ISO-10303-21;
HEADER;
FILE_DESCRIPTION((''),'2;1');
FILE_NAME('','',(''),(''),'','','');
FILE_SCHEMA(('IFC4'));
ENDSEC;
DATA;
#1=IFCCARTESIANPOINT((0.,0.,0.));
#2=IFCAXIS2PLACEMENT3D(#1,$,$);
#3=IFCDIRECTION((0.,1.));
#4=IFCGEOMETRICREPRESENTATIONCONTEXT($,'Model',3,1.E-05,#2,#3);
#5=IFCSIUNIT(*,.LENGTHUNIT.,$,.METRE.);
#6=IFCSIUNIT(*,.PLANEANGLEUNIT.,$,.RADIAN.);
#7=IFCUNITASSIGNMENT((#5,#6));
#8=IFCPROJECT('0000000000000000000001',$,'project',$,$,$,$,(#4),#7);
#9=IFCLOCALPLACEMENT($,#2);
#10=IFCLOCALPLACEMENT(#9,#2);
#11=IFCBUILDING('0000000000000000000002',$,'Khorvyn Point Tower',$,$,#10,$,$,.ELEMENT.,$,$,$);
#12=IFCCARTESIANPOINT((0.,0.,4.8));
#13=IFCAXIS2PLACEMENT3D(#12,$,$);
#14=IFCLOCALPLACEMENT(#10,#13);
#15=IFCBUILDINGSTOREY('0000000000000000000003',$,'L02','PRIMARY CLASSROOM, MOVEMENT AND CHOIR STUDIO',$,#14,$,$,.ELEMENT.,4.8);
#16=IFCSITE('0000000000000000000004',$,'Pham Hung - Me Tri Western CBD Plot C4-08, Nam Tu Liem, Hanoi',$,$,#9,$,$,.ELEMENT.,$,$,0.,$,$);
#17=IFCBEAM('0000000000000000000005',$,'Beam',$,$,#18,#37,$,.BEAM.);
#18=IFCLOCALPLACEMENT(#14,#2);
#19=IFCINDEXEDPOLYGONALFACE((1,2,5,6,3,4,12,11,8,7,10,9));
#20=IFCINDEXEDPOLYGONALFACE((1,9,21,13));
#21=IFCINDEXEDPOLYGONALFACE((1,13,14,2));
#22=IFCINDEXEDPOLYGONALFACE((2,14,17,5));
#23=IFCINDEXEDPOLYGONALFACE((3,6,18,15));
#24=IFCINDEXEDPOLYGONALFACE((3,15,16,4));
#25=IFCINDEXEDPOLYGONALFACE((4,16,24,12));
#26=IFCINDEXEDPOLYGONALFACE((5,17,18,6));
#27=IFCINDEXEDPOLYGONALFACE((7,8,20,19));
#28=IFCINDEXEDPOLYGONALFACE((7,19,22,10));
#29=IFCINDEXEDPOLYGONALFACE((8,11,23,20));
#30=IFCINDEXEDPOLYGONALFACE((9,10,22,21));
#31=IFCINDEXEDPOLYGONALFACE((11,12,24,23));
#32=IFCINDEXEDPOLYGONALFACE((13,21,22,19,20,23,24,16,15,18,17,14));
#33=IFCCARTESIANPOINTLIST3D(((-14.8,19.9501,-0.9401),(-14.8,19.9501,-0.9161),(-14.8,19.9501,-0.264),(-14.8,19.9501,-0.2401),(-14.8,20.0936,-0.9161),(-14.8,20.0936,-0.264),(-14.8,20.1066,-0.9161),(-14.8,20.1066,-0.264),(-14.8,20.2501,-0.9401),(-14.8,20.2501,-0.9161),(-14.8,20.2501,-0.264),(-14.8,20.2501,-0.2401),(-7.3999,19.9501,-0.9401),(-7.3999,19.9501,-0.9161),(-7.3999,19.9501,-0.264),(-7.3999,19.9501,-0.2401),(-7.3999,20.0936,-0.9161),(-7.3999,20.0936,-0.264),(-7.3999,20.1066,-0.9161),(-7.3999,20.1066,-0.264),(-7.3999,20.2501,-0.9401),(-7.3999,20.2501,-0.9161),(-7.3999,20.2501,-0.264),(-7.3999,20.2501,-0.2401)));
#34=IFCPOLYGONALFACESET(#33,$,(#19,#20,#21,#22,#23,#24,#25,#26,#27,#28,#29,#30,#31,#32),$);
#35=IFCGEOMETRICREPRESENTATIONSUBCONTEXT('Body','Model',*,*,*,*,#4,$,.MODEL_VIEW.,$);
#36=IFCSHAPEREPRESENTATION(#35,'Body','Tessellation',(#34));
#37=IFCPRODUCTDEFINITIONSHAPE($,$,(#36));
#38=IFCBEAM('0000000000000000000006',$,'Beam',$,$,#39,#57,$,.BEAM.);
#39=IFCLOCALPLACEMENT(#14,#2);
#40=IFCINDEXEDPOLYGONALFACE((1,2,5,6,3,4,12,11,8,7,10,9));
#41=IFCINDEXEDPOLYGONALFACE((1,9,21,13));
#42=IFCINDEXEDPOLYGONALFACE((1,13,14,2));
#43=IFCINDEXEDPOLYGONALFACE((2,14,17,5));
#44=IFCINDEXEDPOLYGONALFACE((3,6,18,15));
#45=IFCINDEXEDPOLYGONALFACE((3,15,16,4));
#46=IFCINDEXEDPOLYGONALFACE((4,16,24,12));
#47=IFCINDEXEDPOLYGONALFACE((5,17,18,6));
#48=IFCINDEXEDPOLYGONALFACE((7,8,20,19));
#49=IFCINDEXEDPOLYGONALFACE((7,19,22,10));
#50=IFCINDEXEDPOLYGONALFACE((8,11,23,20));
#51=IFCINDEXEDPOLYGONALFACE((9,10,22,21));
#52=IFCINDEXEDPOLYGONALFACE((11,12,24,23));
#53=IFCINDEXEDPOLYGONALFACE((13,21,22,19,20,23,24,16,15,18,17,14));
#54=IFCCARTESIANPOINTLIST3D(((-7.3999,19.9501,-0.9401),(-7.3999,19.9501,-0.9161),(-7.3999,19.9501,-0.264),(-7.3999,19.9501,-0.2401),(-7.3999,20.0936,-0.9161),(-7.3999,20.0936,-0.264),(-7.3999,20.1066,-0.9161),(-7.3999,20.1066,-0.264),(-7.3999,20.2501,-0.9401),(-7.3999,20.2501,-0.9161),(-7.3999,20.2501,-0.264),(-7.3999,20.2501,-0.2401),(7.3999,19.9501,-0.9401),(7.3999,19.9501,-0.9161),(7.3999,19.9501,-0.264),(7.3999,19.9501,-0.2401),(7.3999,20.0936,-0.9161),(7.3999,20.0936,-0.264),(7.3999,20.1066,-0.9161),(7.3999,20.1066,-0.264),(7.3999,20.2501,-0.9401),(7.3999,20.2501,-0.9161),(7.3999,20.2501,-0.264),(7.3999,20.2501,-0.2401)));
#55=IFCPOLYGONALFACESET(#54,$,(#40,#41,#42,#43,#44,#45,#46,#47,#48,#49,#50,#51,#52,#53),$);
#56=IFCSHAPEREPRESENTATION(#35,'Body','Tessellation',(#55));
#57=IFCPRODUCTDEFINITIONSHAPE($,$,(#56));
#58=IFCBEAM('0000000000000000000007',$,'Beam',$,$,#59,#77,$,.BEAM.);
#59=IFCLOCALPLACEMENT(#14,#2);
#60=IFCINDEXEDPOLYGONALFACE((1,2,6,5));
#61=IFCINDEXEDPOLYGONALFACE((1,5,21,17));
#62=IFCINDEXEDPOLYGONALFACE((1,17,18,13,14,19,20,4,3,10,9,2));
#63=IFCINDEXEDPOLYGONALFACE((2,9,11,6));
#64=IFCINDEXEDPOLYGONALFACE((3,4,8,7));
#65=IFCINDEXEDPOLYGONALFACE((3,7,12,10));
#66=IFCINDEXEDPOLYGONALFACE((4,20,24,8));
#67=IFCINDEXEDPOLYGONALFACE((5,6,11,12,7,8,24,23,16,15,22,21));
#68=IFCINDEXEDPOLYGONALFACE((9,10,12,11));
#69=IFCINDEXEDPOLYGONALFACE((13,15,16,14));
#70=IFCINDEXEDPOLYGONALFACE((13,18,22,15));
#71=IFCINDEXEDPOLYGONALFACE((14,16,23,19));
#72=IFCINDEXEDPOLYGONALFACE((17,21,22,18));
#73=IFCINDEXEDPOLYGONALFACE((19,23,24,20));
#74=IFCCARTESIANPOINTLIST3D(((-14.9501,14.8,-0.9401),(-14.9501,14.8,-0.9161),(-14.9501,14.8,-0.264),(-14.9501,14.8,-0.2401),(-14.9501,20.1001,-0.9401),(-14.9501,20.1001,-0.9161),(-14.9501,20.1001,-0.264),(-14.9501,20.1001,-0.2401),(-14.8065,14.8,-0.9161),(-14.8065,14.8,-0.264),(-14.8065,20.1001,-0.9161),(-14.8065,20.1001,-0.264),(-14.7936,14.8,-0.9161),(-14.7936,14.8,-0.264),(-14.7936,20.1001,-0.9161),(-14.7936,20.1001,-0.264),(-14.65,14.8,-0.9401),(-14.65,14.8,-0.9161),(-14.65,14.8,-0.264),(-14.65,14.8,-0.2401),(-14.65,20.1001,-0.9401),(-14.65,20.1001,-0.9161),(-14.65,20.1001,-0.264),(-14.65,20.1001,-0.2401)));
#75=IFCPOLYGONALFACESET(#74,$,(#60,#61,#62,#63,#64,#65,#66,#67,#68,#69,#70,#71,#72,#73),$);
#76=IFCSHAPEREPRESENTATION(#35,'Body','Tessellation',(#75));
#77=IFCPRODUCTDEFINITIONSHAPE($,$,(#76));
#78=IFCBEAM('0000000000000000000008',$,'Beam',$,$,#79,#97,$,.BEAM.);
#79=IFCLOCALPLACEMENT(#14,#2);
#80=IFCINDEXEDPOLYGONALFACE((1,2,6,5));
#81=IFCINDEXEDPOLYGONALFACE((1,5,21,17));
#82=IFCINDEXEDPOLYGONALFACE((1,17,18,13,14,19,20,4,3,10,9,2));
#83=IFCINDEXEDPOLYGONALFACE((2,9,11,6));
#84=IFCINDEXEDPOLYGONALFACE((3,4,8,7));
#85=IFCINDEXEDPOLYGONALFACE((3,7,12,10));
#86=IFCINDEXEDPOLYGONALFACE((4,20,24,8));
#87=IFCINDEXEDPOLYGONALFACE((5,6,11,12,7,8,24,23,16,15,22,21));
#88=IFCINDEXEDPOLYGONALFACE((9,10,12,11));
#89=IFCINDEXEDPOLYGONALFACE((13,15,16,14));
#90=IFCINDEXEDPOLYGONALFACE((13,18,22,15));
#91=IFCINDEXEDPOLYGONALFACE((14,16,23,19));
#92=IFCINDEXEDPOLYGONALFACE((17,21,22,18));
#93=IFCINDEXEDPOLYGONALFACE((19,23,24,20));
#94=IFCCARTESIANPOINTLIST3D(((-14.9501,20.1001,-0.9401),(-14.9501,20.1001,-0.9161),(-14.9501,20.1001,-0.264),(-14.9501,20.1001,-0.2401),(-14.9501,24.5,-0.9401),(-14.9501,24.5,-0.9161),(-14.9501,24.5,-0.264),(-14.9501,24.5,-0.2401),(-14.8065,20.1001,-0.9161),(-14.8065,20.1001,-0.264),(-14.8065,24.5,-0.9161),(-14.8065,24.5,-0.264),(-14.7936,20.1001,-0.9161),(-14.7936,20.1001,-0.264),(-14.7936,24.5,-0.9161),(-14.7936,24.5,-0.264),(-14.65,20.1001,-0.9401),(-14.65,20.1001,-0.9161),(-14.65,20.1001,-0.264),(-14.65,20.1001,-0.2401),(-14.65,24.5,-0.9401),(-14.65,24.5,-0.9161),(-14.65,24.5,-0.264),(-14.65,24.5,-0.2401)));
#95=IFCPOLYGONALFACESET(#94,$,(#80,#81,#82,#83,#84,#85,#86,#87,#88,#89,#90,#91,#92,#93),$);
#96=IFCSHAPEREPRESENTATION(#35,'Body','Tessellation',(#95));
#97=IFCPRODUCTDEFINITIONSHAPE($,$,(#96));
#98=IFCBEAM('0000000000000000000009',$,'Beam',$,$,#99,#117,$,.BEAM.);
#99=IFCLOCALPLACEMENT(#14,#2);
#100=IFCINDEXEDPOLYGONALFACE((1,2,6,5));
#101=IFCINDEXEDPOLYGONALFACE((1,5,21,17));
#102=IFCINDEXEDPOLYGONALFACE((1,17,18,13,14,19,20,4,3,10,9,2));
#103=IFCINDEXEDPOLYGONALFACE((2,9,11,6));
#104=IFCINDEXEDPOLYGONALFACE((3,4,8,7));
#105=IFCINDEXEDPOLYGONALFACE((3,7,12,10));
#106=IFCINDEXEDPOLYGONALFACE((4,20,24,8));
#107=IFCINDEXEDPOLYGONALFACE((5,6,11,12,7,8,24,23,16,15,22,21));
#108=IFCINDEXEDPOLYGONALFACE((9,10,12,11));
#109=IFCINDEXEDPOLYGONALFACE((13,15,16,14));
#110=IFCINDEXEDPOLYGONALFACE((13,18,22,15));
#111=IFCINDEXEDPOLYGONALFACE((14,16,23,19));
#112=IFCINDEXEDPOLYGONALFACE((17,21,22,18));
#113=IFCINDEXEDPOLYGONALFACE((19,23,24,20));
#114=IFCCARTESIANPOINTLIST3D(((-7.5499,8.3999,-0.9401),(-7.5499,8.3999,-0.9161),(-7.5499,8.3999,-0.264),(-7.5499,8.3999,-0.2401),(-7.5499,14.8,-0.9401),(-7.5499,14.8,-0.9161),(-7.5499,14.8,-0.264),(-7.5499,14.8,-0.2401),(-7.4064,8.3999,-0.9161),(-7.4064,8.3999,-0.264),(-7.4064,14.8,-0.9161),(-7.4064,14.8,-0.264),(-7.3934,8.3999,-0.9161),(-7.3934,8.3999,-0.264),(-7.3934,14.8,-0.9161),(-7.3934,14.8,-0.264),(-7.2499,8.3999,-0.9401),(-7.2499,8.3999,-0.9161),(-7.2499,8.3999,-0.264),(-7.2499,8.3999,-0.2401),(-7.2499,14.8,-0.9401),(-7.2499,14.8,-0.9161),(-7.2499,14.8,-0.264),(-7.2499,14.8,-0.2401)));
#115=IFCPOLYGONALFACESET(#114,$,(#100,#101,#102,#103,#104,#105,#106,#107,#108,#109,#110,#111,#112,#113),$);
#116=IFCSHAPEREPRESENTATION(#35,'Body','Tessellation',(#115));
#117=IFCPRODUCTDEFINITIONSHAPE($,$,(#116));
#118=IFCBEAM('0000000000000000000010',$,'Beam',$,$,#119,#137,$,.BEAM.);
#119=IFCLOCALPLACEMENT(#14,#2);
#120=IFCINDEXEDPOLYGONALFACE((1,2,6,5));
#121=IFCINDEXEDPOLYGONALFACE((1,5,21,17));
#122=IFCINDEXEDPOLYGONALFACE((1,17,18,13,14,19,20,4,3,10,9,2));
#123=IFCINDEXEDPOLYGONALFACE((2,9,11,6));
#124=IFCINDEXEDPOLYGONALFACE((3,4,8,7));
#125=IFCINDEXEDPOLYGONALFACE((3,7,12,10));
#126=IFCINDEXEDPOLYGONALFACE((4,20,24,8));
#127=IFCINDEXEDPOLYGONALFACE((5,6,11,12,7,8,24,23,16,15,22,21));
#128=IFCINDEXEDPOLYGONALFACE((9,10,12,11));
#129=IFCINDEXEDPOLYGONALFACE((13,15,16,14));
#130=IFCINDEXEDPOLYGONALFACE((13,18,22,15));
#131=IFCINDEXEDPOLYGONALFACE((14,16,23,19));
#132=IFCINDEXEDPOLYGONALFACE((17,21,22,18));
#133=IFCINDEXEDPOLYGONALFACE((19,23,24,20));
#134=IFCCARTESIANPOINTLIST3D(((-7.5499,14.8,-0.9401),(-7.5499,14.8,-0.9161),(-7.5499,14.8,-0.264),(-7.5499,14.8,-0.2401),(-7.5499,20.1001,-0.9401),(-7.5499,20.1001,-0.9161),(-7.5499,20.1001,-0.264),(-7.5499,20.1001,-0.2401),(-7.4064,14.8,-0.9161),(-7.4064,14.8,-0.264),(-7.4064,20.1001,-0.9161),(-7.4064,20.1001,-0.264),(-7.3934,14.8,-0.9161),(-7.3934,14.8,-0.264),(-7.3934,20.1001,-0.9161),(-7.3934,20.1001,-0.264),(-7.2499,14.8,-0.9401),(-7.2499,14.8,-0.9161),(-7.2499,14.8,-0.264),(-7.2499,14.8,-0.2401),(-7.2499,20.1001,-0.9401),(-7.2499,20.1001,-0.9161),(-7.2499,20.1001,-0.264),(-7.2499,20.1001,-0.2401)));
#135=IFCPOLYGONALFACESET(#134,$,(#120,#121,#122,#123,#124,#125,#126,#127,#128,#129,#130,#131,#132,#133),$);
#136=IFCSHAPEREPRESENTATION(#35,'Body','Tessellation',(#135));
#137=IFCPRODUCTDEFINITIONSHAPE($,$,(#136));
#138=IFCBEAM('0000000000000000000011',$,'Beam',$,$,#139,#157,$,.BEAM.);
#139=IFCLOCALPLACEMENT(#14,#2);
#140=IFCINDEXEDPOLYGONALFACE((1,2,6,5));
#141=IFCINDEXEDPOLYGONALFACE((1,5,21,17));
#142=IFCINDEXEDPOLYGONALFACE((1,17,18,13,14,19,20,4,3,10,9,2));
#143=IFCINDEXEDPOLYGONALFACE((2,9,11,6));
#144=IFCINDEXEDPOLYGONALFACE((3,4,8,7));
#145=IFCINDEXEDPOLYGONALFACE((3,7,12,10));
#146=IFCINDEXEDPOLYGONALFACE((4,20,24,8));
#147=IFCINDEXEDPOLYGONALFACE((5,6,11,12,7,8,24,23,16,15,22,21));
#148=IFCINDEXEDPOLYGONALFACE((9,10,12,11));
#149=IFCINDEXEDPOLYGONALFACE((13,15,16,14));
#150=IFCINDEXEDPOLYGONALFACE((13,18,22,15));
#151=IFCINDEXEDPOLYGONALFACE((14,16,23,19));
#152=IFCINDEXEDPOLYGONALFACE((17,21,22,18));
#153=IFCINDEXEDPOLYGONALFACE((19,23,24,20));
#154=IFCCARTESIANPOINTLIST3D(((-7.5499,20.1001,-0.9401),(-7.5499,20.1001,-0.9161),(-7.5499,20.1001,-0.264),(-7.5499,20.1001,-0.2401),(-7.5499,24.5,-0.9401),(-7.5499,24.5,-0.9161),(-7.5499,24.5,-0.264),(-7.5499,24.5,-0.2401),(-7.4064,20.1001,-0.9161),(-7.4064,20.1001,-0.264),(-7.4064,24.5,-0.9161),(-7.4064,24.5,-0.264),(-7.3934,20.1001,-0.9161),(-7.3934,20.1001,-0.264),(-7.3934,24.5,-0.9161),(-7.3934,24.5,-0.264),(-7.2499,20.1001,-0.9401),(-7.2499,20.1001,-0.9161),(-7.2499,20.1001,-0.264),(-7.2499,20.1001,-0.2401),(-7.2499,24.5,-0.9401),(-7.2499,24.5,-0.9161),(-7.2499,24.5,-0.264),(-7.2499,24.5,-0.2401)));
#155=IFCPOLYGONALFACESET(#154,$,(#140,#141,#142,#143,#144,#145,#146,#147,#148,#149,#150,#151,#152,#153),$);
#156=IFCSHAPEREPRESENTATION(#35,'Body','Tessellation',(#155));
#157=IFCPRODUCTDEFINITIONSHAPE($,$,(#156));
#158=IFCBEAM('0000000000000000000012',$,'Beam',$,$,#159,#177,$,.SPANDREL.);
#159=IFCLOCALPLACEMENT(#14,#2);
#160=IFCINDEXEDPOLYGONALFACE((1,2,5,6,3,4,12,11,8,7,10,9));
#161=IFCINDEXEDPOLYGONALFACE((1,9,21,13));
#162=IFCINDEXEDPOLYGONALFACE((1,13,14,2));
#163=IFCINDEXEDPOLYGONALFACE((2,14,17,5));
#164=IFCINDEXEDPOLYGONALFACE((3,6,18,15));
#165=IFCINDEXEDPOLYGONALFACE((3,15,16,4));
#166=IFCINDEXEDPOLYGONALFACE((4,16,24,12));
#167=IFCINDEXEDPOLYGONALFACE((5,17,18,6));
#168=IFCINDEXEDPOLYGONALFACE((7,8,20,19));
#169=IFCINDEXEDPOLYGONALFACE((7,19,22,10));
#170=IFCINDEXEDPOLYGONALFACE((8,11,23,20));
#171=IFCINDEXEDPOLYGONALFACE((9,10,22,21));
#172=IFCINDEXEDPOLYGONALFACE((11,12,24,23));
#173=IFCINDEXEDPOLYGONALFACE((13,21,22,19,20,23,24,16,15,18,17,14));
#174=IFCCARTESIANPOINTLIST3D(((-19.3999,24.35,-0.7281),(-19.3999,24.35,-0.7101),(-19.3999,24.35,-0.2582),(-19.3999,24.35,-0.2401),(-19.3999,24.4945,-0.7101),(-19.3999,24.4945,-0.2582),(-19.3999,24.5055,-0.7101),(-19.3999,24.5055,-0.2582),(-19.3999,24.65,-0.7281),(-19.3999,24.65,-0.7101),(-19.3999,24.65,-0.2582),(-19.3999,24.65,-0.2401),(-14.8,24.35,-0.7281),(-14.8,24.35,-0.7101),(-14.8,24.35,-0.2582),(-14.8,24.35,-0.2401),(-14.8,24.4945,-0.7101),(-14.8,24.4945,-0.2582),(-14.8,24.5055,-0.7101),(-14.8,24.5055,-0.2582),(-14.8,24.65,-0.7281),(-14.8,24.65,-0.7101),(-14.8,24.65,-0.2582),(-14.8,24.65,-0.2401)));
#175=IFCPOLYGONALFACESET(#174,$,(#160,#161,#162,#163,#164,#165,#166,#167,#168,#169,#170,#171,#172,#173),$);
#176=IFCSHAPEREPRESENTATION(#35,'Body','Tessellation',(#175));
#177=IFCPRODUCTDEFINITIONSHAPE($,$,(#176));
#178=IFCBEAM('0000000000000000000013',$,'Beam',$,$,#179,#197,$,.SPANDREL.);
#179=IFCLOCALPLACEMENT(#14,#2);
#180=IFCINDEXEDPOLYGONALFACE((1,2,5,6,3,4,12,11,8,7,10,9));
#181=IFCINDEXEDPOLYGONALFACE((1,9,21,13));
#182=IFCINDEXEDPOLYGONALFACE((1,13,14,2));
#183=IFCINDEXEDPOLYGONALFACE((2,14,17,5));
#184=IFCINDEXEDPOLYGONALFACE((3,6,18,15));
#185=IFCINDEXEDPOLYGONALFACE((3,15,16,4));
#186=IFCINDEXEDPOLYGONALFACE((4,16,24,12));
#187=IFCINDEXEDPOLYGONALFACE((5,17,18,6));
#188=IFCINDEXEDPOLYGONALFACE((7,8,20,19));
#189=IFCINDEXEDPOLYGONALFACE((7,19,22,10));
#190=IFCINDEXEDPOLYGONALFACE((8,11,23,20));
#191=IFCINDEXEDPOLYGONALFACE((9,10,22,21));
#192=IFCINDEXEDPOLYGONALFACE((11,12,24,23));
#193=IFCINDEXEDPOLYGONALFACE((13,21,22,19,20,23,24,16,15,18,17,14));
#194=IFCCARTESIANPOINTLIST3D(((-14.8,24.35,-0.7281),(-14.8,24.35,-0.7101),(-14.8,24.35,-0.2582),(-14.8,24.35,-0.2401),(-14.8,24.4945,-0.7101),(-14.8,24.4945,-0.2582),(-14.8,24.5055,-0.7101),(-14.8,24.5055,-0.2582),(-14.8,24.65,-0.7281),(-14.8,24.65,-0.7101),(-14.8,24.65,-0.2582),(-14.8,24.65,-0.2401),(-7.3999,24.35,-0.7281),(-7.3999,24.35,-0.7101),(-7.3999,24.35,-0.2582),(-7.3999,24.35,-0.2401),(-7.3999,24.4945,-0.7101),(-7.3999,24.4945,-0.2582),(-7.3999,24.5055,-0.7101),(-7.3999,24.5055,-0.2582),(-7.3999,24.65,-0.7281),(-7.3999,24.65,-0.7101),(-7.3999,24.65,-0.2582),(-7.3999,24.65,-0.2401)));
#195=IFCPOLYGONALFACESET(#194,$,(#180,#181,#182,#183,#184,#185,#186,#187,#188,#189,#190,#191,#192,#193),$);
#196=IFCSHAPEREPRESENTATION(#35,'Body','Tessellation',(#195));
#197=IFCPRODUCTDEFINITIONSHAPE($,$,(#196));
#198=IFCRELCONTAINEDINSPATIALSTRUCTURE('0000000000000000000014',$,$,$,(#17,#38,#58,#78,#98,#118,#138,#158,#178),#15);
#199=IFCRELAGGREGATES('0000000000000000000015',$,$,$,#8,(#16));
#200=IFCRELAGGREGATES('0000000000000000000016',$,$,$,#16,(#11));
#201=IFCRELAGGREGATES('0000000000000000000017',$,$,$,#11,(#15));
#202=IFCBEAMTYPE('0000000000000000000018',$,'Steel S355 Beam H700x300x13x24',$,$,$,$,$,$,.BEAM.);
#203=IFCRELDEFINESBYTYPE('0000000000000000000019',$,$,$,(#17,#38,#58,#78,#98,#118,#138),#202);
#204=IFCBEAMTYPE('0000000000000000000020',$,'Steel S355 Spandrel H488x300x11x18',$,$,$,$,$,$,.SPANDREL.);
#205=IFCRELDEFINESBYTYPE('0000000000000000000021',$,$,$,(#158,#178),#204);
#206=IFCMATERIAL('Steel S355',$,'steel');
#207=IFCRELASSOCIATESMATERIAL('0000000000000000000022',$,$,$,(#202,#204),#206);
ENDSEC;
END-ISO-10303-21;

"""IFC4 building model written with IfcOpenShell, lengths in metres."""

from ifc_helpers import new_model, si_unit, direction, frame, origin, origin_2d, place, context, subcontext, project, spatial, i_section, extrude, material, material_profile, profile_set, type_object, element, save


model = new_model("IFC4")

# Units and contexts
model_context = context("Model", 3, precision=1e-05, world=origin(), true_north=direction((0.0, 1.0)))
body_context = subcontext(model_context, "Body", "Model", "MODEL_VIEW")
ifc_project = project(units=[si_unit("LENGTHUNIT", "METRE"), si_unit("PLANEANGLEUNIT", "RADIAN")], contexts=[model_context])

# Site, building, storey
site_placement = place(None, origin())
site = spatial("IfcSite", under=ifc_project, at=site_placement, Name="Pham Hung - Me Tri Western CBD Plot C4-08, Nam Tu Liem, Hanoi", CompositionType="ELEMENT", RefElevation=0.0)
building_placement = place(site_placement, origin())
building = spatial("IfcBuilding", under=site, at=building_placement, Name="Khorvyn Point Tower", CompositionType="ELEMENT")
storey_placement = place(building_placement, frame((0.0, 0.0, 4.8)))
storey = spatial("IfcBuildingStorey", under=building, at=storey_placement, Name="L02", Description="PRIMARY CLASSROOM, MOVEMENT AND CHOIR STUDIO", CompositionType="ELEMENT", Elevation=4.8)

# Beams
ifc_material_1 = material(Name="Steel S355", Category="steel")
ifc_material_profile_1 = material_profile(ifc_material_1, i_section(OverallWidth=0.3, OverallDepth=0.7, WebThickness=0.0129, FlangeThickness=0.0239, at=origin_2d()))
ifc_profile_set_1 = profile_set([ifc_material_profile_1], Name="Steel S355 H700x300x13x24")
beam_type_1 = type_object("IfcBeamType", Name="Steel S355 Beam H700x300x13x24", PredefinedType="BEAM", material=ifc_profile_set_1)
beam_1_placement = place(storey_placement, frame((-14.8, 20.1001, -0.5901), z_axis=(1.0, 0.0, 0.0), x_axis=(0.0, 1.0, 0.0)))
element("IfcBeam", 1, at=beam_1_placement, inside=storey, type_object=beam_type_1, Name="Beam", PredefinedType="BEAM", context=body_context, shape_type="SweptSolid", body=[
    extrude(i_section(OverallWidth=0.3, OverallDepth=0.7, WebThickness=0.0129, FlangeThickness=0.0239, at=origin_2d()), origin(), (0.0, 0.0, 1.0), 7.4001),
])
beam_2_placement = place(storey_placement, frame((-7.3999, 20.1001, -0.5901), z_axis=(1.0, 0.0, 0.0), x_axis=(0.0, 1.0, 0.0)))
element("IfcBeam", 2, at=beam_2_placement, inside=storey, type_object=beam_type_1, Name="Beam", PredefinedType="BEAM", context=body_context, shape_type="SweptSolid", body=[
    extrude(i_section(OverallWidth=0.3, OverallDepth=0.7, WebThickness=0.0129, FlangeThickness=0.0239, at=origin_2d()), origin(), (0.0, 0.0, 1.0), 14.7998),
])
beam_3_placement = place(storey_placement, frame((-14.8, 14.8, -0.5901), z_axis=(0.0, 1.0, 0.0), x_axis=(-1.0, 0.0, 0.0)))
element("IfcBeam", 3, at=beam_3_placement, inside=storey, type_object=beam_type_1, Name="Beam", PredefinedType="BEAM", context=body_context, shape_type="SweptSolid", body=[
    extrude(i_section(OverallWidth=0.3, OverallDepth=0.7, WebThickness=0.0129, FlangeThickness=0.0239, at=origin_2d()), origin(), (0.0, 0.0, 1.0), 5.3),
])
beam_4_placement = place(storey_placement, frame((-14.8, 20.1001, -0.5901), z_axis=(0.0, 1.0, 0.0), x_axis=(-1.0, 0.0, 0.0)))
element("IfcBeam", 4, at=beam_4_placement, inside=storey, type_object=beam_type_1, Name="Beam", PredefinedType="BEAM", context=body_context, shape_type="SweptSolid", body=[
    extrude(i_section(OverallWidth=0.3, OverallDepth=0.7, WebThickness=0.0129, FlangeThickness=0.0239, at=origin_2d()), origin(), (0.0, 0.0, 1.0), 4.3999),
])
beam_5_placement = place(storey_placement, frame((-7.3999, 8.3999, -0.5901), z_axis=(0.0, 1.0, 0.0), x_axis=(-1.0, 0.0, 0.0)))
element("IfcBeam", 5, at=beam_5_placement, inside=storey, type_object=beam_type_1, Name="Beam", PredefinedType="BEAM", context=body_context, shape_type="SweptSolid", body=[
    extrude(i_section(OverallWidth=0.3, OverallDepth=0.7, WebThickness=0.0129, FlangeThickness=0.0239, at=origin_2d()), origin(), (0.0, 0.0, 1.0), 6.4001),
])
beam_6_placement = place(storey_placement, frame((-7.3999, 14.8, -0.5901), z_axis=(0.0, 1.0, 0.0), x_axis=(-1.0, 0.0, 0.0)))
element("IfcBeam", 6, at=beam_6_placement, inside=storey, type_object=beam_type_1, Name="Beam", PredefinedType="BEAM", context=body_context, shape_type="SweptSolid", body=[
    extrude(i_section(OverallWidth=0.3, OverallDepth=0.7, WebThickness=0.0129, FlangeThickness=0.0239, at=origin_2d()), origin(), (0.0, 0.0, 1.0), 5.3),
])
beam_7_placement = place(storey_placement, frame((-7.3999, 20.1001, -0.5901), z_axis=(0.0, 1.0, 0.0), x_axis=(-1.0, 0.0, 0.0)))
element("IfcBeam", 7, at=beam_7_placement, inside=storey, type_object=beam_type_1, Name="Beam", PredefinedType="BEAM", context=body_context, shape_type="SweptSolid", body=[
    extrude(i_section(OverallWidth=0.3, OverallDepth=0.7, WebThickness=0.0129, FlangeThickness=0.0239, at=origin_2d()), origin(), (0.0, 0.0, 1.0), 4.3999),
])
ifc_material_profile_2 = material_profile(ifc_material_1, i_section(OverallWidth=0.3, OverallDepth=0.488, WebThickness=0.011, FlangeThickness=0.0181, at=origin_2d()))
ifc_profile_set_2 = profile_set([ifc_material_profile_2], Name="Steel S355 H488x300x11x18")
beam_type_2 = type_object("IfcBeamType", Name="Steel S355 Spandrel H488x300x11x18", PredefinedType="SPANDREL", material=ifc_profile_set_2)
beam_8_placement = place(storey_placement, frame((-19.3999, 24.5, -0.4841), z_axis=(1.0, 0.0, 0.0), x_axis=(0.0, 1.0, 0.0)))
element("IfcBeam", 8, at=beam_8_placement, inside=storey, type_object=beam_type_2, Name="Beam", PredefinedType="SPANDREL", context=body_context, shape_type="SweptSolid", body=[
    extrude(i_section(OverallWidth=0.3, OverallDepth=0.488, WebThickness=0.011, FlangeThickness=0.0181, at=origin_2d()), origin(), (0.0, 0.0, 1.0), 4.5999),
])
beam_9_placement = place(storey_placement, frame((-14.8, 24.5, -0.4841), z_axis=(1.0, 0.0, 0.0), x_axis=(0.0, 1.0, 0.0)))
element("IfcBeam", 9, at=beam_9_placement, inside=storey, type_object=beam_type_2, Name="Beam", PredefinedType="SPANDREL", context=body_context, shape_type="SweptSolid", body=[
    extrude(i_section(OverallWidth=0.3, OverallDepth=0.488, WebThickness=0.011, FlangeThickness=0.0181, at=origin_2d()), origin(), (0.0, 0.0, 1.0), 7.4001),
])

save(model, "model.ifc")
